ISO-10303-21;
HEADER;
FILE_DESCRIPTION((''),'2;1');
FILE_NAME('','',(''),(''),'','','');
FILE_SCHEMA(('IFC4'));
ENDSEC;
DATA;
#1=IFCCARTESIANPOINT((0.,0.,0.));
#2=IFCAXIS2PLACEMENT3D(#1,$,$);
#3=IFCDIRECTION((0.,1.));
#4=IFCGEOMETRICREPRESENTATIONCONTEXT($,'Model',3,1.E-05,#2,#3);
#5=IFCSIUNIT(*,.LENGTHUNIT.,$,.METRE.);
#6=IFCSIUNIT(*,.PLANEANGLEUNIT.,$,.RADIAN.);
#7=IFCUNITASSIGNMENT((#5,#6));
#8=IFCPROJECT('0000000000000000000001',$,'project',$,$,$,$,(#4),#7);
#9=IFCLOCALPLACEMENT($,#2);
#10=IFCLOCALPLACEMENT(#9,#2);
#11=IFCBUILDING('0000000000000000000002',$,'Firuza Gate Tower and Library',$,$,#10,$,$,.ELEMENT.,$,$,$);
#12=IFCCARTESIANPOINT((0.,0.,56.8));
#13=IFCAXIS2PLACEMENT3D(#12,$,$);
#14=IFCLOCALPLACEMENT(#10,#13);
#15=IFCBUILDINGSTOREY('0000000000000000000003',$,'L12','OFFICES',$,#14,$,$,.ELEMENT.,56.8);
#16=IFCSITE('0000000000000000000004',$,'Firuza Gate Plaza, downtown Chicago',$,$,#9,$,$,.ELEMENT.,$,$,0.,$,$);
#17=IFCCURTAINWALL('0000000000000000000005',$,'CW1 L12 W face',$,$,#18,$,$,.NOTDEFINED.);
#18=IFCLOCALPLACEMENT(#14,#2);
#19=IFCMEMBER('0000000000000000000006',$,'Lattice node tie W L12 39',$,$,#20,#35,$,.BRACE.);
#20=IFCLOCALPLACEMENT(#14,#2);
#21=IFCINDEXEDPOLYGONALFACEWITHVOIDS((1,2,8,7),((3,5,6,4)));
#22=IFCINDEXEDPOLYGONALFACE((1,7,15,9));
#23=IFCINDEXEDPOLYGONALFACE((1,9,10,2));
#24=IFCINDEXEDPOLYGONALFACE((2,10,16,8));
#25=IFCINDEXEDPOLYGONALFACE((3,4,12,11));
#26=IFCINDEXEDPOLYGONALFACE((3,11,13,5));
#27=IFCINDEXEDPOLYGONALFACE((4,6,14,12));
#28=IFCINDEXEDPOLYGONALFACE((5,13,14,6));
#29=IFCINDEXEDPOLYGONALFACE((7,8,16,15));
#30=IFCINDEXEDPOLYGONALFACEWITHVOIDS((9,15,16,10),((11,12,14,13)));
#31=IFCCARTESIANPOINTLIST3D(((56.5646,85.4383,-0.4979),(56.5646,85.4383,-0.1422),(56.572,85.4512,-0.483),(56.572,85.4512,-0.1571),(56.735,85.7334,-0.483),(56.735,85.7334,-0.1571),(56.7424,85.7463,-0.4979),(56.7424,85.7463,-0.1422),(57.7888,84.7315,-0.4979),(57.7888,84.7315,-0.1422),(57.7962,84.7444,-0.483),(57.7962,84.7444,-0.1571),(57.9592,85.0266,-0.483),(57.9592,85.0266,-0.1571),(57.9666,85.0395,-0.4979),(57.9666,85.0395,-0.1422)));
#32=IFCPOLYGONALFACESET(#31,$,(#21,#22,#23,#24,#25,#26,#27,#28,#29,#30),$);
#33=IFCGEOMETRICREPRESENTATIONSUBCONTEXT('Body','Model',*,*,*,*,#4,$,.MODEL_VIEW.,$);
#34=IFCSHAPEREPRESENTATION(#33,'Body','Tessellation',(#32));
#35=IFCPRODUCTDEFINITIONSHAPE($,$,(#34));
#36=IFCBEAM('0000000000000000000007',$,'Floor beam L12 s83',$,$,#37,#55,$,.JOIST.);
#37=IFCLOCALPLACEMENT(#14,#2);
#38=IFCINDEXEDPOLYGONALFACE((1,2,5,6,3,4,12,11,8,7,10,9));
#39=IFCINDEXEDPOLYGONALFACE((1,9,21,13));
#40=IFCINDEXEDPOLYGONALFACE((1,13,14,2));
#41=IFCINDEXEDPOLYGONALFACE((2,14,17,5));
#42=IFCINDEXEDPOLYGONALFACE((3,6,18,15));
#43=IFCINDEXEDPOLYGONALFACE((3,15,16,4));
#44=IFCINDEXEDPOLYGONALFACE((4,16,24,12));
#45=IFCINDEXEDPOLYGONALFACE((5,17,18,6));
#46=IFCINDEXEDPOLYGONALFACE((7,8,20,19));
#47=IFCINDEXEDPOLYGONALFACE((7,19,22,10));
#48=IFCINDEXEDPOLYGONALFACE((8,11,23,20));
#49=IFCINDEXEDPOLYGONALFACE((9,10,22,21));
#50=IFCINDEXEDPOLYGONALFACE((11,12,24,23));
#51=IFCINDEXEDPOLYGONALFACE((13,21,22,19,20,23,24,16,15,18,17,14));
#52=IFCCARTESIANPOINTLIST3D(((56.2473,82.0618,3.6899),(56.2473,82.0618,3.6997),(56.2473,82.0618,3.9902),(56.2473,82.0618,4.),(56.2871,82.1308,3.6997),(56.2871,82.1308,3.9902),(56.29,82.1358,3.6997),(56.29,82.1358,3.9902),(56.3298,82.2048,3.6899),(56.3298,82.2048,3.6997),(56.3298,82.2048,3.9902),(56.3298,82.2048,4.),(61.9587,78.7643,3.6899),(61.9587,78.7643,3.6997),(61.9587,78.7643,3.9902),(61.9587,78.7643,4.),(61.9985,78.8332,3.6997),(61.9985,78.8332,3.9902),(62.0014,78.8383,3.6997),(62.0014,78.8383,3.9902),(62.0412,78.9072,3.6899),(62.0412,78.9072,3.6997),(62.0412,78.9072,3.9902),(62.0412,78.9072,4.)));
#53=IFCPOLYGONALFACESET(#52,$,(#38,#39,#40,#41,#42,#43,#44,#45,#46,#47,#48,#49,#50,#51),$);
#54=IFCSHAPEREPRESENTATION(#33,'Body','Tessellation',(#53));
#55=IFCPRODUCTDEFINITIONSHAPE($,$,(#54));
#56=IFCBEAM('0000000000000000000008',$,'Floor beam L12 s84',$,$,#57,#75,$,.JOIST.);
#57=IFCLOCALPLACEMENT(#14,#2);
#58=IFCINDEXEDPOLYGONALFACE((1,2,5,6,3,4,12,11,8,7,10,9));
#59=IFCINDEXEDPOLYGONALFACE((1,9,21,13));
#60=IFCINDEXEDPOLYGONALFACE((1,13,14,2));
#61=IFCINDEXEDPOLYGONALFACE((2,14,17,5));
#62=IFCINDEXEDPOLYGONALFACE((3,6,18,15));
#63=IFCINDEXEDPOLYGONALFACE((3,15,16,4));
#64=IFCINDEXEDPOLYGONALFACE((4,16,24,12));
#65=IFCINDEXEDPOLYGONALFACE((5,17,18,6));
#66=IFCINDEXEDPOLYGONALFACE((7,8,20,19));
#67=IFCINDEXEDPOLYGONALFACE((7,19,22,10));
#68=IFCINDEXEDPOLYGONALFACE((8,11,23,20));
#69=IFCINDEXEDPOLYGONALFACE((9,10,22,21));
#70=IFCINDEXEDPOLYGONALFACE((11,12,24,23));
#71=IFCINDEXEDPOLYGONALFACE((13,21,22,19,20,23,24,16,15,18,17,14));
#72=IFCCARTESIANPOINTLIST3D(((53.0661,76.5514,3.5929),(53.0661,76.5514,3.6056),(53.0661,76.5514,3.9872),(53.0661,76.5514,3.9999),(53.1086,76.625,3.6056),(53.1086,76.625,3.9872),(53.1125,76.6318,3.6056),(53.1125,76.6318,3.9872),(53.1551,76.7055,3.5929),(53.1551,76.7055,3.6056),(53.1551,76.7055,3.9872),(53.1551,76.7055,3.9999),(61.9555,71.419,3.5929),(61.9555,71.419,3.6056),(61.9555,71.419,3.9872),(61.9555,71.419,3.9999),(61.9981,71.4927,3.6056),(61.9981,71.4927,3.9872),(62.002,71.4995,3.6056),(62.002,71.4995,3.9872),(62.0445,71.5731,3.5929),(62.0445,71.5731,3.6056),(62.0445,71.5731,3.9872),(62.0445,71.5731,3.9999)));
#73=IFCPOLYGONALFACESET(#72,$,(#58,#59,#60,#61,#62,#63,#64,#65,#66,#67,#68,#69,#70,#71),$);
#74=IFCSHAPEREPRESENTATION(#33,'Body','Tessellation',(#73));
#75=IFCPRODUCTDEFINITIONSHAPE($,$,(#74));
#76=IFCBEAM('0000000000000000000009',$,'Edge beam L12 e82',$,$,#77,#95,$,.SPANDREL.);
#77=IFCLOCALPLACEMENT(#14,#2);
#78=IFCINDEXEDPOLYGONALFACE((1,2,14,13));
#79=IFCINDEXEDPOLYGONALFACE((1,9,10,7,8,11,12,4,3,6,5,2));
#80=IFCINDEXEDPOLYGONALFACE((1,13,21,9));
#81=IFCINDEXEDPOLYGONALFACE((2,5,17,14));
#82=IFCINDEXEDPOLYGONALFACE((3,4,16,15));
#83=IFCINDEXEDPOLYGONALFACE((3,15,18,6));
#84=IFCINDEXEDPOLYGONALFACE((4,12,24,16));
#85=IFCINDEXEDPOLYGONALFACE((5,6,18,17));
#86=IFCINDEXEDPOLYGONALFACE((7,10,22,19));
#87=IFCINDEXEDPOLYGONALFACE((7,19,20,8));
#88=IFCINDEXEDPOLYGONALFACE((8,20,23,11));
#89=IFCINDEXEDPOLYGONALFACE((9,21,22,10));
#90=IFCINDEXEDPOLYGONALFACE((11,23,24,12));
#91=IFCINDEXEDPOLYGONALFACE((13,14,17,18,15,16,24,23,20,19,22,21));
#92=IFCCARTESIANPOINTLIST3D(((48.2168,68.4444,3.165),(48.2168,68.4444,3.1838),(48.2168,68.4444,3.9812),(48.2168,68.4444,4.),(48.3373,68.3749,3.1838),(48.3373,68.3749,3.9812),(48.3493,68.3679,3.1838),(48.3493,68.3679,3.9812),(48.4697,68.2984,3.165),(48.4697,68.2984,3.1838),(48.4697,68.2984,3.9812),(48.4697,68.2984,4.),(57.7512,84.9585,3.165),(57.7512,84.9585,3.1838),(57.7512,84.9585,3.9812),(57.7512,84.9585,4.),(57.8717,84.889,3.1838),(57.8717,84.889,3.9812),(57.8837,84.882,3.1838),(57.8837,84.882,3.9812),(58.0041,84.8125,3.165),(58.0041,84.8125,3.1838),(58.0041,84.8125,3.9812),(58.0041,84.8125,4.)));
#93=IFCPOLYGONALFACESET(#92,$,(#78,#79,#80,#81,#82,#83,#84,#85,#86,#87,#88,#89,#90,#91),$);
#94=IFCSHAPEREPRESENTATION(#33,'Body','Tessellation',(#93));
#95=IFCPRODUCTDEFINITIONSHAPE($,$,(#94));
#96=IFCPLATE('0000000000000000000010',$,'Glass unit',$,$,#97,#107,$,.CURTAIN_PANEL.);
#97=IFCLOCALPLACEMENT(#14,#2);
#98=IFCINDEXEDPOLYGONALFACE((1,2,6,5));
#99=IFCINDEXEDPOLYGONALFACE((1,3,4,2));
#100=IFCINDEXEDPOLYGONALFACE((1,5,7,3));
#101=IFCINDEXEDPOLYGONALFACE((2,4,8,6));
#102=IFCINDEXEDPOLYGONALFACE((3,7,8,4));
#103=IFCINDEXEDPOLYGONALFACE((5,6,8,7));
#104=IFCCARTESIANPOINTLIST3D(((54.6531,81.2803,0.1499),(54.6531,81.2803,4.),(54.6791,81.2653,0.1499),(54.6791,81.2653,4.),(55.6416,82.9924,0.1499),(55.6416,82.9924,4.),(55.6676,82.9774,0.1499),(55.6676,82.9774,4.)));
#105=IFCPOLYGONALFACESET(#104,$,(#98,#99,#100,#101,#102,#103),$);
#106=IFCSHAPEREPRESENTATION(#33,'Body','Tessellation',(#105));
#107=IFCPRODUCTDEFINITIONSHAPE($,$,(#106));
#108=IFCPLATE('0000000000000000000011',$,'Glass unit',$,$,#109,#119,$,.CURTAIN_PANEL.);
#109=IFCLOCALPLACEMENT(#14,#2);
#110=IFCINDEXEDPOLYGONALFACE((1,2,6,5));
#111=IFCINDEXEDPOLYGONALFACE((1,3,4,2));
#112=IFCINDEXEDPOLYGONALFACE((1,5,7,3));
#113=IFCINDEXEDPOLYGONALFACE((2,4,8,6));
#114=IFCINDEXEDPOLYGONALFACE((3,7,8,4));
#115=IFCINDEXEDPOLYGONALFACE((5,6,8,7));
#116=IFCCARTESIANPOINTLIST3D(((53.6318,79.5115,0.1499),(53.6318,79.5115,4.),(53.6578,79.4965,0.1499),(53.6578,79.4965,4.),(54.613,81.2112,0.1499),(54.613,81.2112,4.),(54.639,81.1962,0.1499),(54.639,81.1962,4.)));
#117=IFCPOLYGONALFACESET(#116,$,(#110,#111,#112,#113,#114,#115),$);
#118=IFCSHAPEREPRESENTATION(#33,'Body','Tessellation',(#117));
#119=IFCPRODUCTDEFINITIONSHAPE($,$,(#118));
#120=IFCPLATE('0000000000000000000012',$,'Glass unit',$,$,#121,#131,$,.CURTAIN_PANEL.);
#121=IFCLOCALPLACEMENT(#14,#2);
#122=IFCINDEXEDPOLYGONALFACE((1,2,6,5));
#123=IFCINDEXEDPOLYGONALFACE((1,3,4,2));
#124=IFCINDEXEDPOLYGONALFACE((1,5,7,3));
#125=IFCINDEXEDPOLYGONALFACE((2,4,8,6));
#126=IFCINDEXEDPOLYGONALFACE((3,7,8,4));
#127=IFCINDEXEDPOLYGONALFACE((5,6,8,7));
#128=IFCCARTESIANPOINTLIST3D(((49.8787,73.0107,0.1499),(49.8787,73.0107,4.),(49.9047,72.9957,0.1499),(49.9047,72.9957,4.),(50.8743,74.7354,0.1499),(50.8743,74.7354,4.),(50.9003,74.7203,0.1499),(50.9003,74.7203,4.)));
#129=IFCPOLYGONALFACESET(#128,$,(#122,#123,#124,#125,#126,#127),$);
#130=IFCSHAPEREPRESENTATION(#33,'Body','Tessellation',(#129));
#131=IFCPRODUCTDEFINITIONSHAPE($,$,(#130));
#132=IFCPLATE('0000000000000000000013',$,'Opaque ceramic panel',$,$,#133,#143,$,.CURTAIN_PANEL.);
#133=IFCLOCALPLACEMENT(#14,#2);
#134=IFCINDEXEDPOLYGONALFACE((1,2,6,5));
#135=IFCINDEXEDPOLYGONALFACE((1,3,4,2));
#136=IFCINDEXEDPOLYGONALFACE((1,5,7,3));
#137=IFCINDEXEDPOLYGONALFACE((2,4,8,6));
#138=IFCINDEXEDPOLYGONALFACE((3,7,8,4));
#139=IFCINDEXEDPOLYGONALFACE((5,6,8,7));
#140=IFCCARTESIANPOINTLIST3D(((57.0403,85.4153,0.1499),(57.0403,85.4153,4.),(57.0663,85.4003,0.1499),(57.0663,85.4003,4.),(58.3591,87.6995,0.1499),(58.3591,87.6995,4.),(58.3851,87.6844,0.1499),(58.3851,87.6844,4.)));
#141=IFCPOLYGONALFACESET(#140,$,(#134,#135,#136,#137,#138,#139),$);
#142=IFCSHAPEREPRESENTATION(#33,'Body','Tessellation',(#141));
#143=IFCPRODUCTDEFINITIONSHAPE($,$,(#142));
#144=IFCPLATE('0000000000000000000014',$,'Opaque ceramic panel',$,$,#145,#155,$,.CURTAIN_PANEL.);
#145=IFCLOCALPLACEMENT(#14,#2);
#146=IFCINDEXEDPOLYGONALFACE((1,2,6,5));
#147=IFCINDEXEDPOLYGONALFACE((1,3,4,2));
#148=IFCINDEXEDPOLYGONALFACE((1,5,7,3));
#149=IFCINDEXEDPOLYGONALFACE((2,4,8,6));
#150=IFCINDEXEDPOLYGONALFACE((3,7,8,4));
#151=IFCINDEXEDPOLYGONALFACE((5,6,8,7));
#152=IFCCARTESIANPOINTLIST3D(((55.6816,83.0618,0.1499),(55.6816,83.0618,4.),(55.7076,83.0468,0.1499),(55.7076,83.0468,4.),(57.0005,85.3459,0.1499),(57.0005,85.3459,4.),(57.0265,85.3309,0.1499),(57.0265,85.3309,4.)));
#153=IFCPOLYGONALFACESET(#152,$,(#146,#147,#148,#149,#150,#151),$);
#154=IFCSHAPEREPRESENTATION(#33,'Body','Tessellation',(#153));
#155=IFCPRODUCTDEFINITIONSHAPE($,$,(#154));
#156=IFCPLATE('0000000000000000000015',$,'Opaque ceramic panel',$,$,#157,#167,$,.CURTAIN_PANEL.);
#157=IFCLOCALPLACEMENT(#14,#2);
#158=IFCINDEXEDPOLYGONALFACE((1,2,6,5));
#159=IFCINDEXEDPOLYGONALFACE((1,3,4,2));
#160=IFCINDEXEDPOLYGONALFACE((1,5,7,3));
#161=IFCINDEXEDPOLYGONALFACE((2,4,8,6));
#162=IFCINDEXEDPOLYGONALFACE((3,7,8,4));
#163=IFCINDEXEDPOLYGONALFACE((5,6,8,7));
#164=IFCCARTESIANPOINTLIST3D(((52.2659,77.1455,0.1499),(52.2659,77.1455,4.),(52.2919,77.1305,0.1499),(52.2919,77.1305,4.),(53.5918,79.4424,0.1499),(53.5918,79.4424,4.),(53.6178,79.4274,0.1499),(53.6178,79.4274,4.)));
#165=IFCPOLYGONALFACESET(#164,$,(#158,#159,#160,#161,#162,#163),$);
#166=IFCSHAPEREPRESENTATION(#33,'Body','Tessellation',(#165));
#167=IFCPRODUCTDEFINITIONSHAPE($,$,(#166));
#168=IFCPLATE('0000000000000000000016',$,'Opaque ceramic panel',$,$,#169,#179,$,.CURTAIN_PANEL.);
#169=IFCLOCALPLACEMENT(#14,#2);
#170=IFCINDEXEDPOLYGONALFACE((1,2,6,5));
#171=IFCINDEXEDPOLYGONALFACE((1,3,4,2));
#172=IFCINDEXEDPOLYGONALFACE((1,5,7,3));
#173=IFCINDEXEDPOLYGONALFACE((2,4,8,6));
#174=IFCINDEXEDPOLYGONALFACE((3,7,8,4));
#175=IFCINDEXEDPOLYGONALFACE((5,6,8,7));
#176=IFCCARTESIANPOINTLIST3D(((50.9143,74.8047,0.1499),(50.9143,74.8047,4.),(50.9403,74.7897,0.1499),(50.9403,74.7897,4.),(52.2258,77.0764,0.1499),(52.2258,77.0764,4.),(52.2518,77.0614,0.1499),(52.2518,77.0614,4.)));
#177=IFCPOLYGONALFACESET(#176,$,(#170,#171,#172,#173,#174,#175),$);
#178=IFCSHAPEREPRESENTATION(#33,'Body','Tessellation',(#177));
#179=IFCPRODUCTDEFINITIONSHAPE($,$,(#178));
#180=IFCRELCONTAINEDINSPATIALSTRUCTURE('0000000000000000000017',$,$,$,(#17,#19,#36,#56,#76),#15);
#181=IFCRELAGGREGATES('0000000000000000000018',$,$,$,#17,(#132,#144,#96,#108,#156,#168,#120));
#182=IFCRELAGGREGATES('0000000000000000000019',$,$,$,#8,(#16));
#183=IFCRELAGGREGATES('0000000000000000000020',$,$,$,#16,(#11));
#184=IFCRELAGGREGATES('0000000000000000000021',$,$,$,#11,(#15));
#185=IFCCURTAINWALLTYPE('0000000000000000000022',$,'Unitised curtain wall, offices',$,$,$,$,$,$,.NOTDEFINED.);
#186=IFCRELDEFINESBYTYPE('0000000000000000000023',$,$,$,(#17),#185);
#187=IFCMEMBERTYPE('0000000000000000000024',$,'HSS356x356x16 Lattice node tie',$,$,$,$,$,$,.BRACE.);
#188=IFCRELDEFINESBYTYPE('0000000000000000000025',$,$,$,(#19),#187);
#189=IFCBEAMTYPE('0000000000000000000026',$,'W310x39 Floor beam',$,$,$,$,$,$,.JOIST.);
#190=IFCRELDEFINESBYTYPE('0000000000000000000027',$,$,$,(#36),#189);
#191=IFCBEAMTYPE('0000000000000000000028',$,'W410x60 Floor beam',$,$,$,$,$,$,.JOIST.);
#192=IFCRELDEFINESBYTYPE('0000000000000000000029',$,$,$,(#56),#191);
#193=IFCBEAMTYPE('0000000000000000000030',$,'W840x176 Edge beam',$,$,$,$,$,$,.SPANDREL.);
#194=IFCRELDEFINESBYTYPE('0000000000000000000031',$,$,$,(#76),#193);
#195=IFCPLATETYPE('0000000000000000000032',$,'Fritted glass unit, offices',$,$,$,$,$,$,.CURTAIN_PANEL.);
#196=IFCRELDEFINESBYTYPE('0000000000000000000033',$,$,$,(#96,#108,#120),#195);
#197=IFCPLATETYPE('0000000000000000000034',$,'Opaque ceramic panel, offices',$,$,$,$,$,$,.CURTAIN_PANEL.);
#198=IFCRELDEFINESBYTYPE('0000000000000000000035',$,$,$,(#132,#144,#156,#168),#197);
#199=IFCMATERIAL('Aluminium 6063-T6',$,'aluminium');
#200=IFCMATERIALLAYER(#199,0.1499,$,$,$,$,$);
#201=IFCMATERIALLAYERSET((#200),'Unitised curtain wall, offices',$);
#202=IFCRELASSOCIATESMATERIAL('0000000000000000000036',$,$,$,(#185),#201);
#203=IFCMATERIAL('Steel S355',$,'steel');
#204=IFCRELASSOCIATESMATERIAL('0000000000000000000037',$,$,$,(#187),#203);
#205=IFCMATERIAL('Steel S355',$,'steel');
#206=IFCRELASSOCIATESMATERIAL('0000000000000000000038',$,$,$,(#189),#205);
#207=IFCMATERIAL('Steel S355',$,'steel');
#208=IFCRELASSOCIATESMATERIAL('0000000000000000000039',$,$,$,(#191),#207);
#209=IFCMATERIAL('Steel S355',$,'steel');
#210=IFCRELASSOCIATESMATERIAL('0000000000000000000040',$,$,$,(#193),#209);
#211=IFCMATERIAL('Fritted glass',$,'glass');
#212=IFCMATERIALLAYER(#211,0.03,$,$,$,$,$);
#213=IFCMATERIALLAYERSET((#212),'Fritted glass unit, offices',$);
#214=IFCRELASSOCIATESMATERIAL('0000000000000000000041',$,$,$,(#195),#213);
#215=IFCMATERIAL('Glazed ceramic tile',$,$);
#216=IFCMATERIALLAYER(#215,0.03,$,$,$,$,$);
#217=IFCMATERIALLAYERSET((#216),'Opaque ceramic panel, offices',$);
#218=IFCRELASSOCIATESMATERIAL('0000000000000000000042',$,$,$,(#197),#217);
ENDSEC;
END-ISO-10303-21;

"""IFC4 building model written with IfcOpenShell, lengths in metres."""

from ifc_helpers import new_model, si_unit, direction, frame, origin, origin_2d, place, context, subcontext, project, spatial, polyline, hollow_rectangle, i_section, outline, extrude, material, layer, layer_set, material_profile, profile_set, type_object, element, aggregate, save


model = new_model("IFC4")

# Units and contexts
model_context = context("Model", 3, precision=1e-05, world=origin(), true_north=direction((0.0, 1.0)))
body_context = subcontext(model_context, "Body", "Model", "MODEL_VIEW")
ifc_project = project(units=[si_unit("LENGTHUNIT", "METRE"), si_unit("PLANEANGLEUNIT", "RADIAN")], contexts=[model_context])

# Site, building, storey
site_placement = place(None, origin())
site = spatial("IfcSite", under=ifc_project, at=site_placement, Name="Firuza Gate Plaza, downtown Chicago", CompositionType="ELEMENT", RefElevation=0.0)
building_placement = place(site_placement, origin())
building = spatial("IfcBuilding", under=site, at=building_placement, Name="Firuza Gate Tower and Library", CompositionType="ELEMENT")
storey_placement = place(building_placement, frame((0.0, 0.0, 56.8)))
storey = spatial("IfcBuildingStorey", under=building, at=storey_placement, Name="L12", Description="OFFICES", CompositionType="ELEMENT", Elevation=56.8)

# Curtain wall
ifc_material_1 = material(Name="Aluminium 6063-T6", Category="aluminium")
ifc_layer_1 = layer(ifc_material_1, 0.1499)
ifc_layer_set_1 = layer_set([ifc_layer_1], Name="Unitised curtain wall, offices")
curtain_wall_type = type_object("IfcCurtainWallType", Name="Unitised curtain wall, offices", PredefinedType="NOTDEFINED", material=ifc_layer_set_1)
curtain_wall_placement = place(storey_placement, origin())
curtain_wall = element("IfcCurtainWall", 1, at=curtain_wall_placement, inside=storey, type_object=curtain_wall_type, Name="CW1 L12 W face", PredefinedType="NOTDEFINED")

# Member
ifc_material_2 = material(Name="Steel S355", Category="steel")
ifc_material_profile_1 = material_profile(ifc_material_2, hollow_rectangle(XDim=0.3557, YDim=0.3557, WallThickness=0.0149, at=origin_2d()))
ifc_profile_set_1 = profile_set([ifc_material_profile_1], Name="Steel S355")
member_type_1 = type_object("IfcMemberType", Name="HSS356x356x16 Lattice node tie", PredefinedType="BRACE", material=ifc_profile_set_1)
member_1_placement = place(storey_placement, frame((57.8777, 84.8855, -0.3201), z_axis=(-0.866013, 0.500021, 0.0), x_axis=(-0.500021, -0.866013, 0.0)))
element("IfcMember", 2, at=member_1_placement, inside=storey, type_object=member_type_1, Name="Lattice node tie W L12 39", PredefinedType="BRACE", context=body_context, shape_type="SweptSolid", body=[
    extrude(hollow_rectangle(XDim=0.3557, YDim=0.3557, WallThickness=0.0149, at=origin_2d()), origin(), (0.0, 0.0, 1.0), 1.4136),
])

# Beams
ifc_material_3 = material(Name="Steel S355", Category="steel")
ifc_material_profile_2 = material_profile(ifc_material_3, i_section(OverallWidth=0.165, OverallDepth=0.3101, WebThickness=0.0059, FlangeThickness=0.0098, at=origin_2d()))
ifc_profile_set_2 = profile_set([ifc_material_profile_2], Name="Steel S355")
beam_type_1 = type_object("IfcBeamType", Name="W310x39 Floor beam", PredefinedType="JOIST", material=ifc_profile_set_2)
beam_1_placement = place(storey_placement, frame((56.2886, 82.1333, 3.845), z_axis=(0.866018, -0.500013, 0.0), x_axis=(0.500013, 0.866018, 0.0)))
element("IfcBeam", 3, at=beam_1_placement, inside=storey, type_object=beam_type_1, Name="Floor beam L12 s83", PredefinedType="JOIST", context=body_context, shape_type="SweptSolid", body=[
    extrude(i_section(OverallWidth=0.165, OverallDepth=0.3101, WebThickness=0.0059, FlangeThickness=0.0098, at=origin_2d()), origin(), (0.0, 0.0, 1.0), 6.595),
])
ifc_material_4 = material(Name="Steel S355", Category="steel")
ifc_material_profile_3 = material_profile(ifc_material_4, i_section(OverallWidth=0.178, OverallDepth=0.407, WebThickness=0.0078, FlangeThickness=0.0127, at=origin_2d()))
ifc_profile_set_3 = profile_set([ifc_material_profile_3], Name="Steel S355")
beam_type_2 = type_object("IfcBeamType", Name="W410x60 Floor beam", PredefinedType="JOIST", material=ifc_profile_set_3)
beam_2_placement = place(storey_placement, frame((53.1106, 76.6284, 3.7964), z_axis=(0.866024, -0.500002, 0.0), x_axis=(0.500002, 0.866024, 0.0)))
element("IfcBeam", 4, at=beam_2_placement, inside=storey, type_object=beam_type_2, Name="Floor beam L12 s84", PredefinedType="JOIST", context=body_context, shape_type="SweptSolid", body=[
    extrude(i_section(OverallWidth=0.178, OverallDepth=0.407, WebThickness=0.0078, FlangeThickness=0.0127, at=origin_2d()), origin(), (0.0, 0.0, 1.0), 10.2646),
])
ifc_material_5 = material(Name="Steel S355", Category="steel")
ifc_material_profile_4 = material_profile(ifc_material_5, i_section(OverallWidth=0.292, OverallDepth=0.835, WebThickness=0.0139, FlangeThickness=0.0188, at=origin_2d()))
ifc_profile_set_4 = profile_set([ifc_material_profile_4], Name="Steel S355")
beam_type_3 = type_object("IfcBeamType", Name="W840x176 Edge beam", PredefinedType="SPANDREL", material=ifc_profile_set_4)
beam_3_placement = place(storey_placement, frame((57.8777, 84.8855, 3.5825), z_axis=(-0.499999, -0.866026, 0.0), x_axis=(0.866026, -0.499999, 0.0)))
element("IfcBeam", 5, at=beam_3_placement, inside=storey, type_object=beam_type_3, Name="Edge beam L12 e82", PredefinedType="SPANDREL", context=body_context, shape_type="SweptSolid", body=[
    extrude(i_section(OverallWidth=0.292, OverallDepth=0.835, WebThickness=0.0139, FlangeThickness=0.0188, at=origin_2d()), origin(), (0.0, 0.0, 1.0), 19.0688),
])

# Plates
ifc_material_6 = material(Name="Fritted glass", Category="glass")
ifc_layer_2 = layer(ifc_material_6, 0.03)
ifc_layer_set_2 = layer_set([ifc_layer_2], Name="Fritted glass unit, offices")
plate_type_1 = type_object("IfcPlateType", Name="Fritted glass unit, offices", PredefinedType="CURTAIN_PANEL", material=ifc_layer_set_2)
plate_1_placement = place(storey_placement, frame((55.6416, 82.9924, 0.1499), z_axis=(-0.866023, 0.500004, 0.0), x_axis=(-0.500004, -0.866023, 0.0)))
plate_1 = element("IfcPlate", 6, at=plate_1_placement, type_object=plate_type_1, Name="Glass unit", PredefinedType="CURTAIN_PANEL", context=body_context, shape_type="SweptSolid", body=[
    extrude(outline(polyline([(0.0, 0.0), (1.977, 0.0), (1.977, 3.8501), (0.0, 3.8501), (0.0, 0.0)])), origin(), (0.0, 0.0, -1.0), 0.03),
])
plate_2_placement = place(storey_placement, frame((54.613, 81.2112, 0.1499), z_axis=(-0.866053, 0.499952, 0.0), x_axis=(-0.499952, -0.866053, 0.0)))
plate_2 = element("IfcPlate", 7, at=plate_2_placement, type_object=plate_type_1, Name="Glass unit", PredefinedType="CURTAIN_PANEL", context=body_context, shape_type="SweptSolid", body=[
    extrude(outline(polyline([(0.0, 0.0), (1.9626, 0.0), (1.9626, 3.8501), (0.0, 3.8501), (0.0, 0.0)])), origin(), (0.0, 0.0, -1.0), 0.03),
])
plate_3_placement = place(storey_placement, frame((50.8743, 74.7354, 0.1499), z_axis=(-0.866047, 0.499963, 0.0), x_axis=(-0.499963, -0.866047, 0.0)))
plate_3 = element("IfcPlate", 8, at=plate_3_placement, type_object=plate_type_1, Name="Glass unit", PredefinedType="CURTAIN_PANEL", context=body_context, shape_type="SweptSolid", body=[
    extrude(outline(polyline([(0.0, 0.0), (1.9914, 0.0), (1.9914, 3.8501), (0.0, 3.8501), (0.0, 0.0)])), origin(), (0.0, 0.0, -1.0), 0.03),
])
ifc_material_7 = material(Name="Glazed ceramic tile")
ifc_layer_3 = layer(ifc_material_7, 0.03)
ifc_layer_set_3 = layer_set([ifc_layer_3], Name="Opaque ceramic panel, offices")
plate_type_2 = type_object("IfcPlateType", Name="Opaque ceramic panel, offices", PredefinedType="CURTAIN_PANEL", material=ifc_layer_set_3)
plate_4_placement = place(storey_placement, frame((58.3591, 87.6995, 0.1499), z_axis=(-0.866013, 0.500022, 0.0), x_axis=(-0.500022, -0.866013, 0.0)))
plate_4 = element("IfcPlate", 9, at=plate_4_placement, type_object=plate_type_2, Name="Opaque ceramic panel", PredefinedType="CURTAIN_PANEL", context=body_context, shape_type="SweptSolid", body=[
    extrude(outline(polyline([(0.0, 0.0), (2.6376, 0.0), (2.6376, 3.8501), (0.0, 3.8501), (0.0, 0.0)])), origin(), (0.0, 0.0, -1.0), 0.03),
])
plate_5_placement = place(storey_placement, frame((57.0005, 85.3459, 0.1499), z_axis=(-0.866013, 0.500022, 0.0), x_axis=(-0.500022, -0.866013, 0.0)))
plate_5 = element("IfcPlate", 10, at=plate_5_placement, type_object=plate_type_2, Name="Opaque ceramic panel", PredefinedType="CURTAIN_PANEL", context=body_context, shape_type="SweptSolid", body=[
    extrude(outline(polyline([(0.0, 0.0), (2.6376, 0.0), (2.6376, 3.8501), (0.0, 3.8501), (0.0, 0.0)])), origin(), (0.0, 0.0, -1.0), 0.03),
])
plate_6_placement = place(storey_placement, frame((53.5918, 79.4424, 0.1499), z_axis=(-0.866054, 0.499951, 0.0), x_axis=(-0.499951, -0.866054, 0.0)))
plate_6 = element("IfcPlate", 11, at=plate_6_placement, type_object=plate_type_2, Name="Opaque ceramic panel", PredefinedType="CURTAIN_PANEL", context=body_context, shape_type="SweptSolid", body=[
    extrude(outline(polyline([(0.0, 0.0), (2.6521, 0.0), (2.6521, 3.8501), (0.0, 3.8501), (0.0, 0.0)])), origin(), (0.0, 0.0, -1.0), 0.03),
])
plate_7_placement = place(storey_placement, frame((52.2258, 77.0764, 0.1499), z_axis=(-0.866035, 0.499983, 0.0), x_axis=(-0.499983, -0.866035, 0.0)))
plate_7 = element("IfcPlate", 12, at=plate_7_placement, type_object=plate_type_2, Name="Opaque ceramic panel", PredefinedType="CURTAIN_PANEL", context=body_context, shape_type="SweptSolid", body=[
    extrude(outline(polyline([(0.0, 0.0), (2.6231, 0.0), (2.6231, 3.8501), (0.0, 3.8501), (0.0, 0.0)])), origin(), (0.0, 0.0, -1.0), 0.03),
])
aggregate(curtain_wall, [plate_4, plate_5, plate_1, plate_2, plate_6, plate_7, plate_3])

save(model, "model.ifc")
